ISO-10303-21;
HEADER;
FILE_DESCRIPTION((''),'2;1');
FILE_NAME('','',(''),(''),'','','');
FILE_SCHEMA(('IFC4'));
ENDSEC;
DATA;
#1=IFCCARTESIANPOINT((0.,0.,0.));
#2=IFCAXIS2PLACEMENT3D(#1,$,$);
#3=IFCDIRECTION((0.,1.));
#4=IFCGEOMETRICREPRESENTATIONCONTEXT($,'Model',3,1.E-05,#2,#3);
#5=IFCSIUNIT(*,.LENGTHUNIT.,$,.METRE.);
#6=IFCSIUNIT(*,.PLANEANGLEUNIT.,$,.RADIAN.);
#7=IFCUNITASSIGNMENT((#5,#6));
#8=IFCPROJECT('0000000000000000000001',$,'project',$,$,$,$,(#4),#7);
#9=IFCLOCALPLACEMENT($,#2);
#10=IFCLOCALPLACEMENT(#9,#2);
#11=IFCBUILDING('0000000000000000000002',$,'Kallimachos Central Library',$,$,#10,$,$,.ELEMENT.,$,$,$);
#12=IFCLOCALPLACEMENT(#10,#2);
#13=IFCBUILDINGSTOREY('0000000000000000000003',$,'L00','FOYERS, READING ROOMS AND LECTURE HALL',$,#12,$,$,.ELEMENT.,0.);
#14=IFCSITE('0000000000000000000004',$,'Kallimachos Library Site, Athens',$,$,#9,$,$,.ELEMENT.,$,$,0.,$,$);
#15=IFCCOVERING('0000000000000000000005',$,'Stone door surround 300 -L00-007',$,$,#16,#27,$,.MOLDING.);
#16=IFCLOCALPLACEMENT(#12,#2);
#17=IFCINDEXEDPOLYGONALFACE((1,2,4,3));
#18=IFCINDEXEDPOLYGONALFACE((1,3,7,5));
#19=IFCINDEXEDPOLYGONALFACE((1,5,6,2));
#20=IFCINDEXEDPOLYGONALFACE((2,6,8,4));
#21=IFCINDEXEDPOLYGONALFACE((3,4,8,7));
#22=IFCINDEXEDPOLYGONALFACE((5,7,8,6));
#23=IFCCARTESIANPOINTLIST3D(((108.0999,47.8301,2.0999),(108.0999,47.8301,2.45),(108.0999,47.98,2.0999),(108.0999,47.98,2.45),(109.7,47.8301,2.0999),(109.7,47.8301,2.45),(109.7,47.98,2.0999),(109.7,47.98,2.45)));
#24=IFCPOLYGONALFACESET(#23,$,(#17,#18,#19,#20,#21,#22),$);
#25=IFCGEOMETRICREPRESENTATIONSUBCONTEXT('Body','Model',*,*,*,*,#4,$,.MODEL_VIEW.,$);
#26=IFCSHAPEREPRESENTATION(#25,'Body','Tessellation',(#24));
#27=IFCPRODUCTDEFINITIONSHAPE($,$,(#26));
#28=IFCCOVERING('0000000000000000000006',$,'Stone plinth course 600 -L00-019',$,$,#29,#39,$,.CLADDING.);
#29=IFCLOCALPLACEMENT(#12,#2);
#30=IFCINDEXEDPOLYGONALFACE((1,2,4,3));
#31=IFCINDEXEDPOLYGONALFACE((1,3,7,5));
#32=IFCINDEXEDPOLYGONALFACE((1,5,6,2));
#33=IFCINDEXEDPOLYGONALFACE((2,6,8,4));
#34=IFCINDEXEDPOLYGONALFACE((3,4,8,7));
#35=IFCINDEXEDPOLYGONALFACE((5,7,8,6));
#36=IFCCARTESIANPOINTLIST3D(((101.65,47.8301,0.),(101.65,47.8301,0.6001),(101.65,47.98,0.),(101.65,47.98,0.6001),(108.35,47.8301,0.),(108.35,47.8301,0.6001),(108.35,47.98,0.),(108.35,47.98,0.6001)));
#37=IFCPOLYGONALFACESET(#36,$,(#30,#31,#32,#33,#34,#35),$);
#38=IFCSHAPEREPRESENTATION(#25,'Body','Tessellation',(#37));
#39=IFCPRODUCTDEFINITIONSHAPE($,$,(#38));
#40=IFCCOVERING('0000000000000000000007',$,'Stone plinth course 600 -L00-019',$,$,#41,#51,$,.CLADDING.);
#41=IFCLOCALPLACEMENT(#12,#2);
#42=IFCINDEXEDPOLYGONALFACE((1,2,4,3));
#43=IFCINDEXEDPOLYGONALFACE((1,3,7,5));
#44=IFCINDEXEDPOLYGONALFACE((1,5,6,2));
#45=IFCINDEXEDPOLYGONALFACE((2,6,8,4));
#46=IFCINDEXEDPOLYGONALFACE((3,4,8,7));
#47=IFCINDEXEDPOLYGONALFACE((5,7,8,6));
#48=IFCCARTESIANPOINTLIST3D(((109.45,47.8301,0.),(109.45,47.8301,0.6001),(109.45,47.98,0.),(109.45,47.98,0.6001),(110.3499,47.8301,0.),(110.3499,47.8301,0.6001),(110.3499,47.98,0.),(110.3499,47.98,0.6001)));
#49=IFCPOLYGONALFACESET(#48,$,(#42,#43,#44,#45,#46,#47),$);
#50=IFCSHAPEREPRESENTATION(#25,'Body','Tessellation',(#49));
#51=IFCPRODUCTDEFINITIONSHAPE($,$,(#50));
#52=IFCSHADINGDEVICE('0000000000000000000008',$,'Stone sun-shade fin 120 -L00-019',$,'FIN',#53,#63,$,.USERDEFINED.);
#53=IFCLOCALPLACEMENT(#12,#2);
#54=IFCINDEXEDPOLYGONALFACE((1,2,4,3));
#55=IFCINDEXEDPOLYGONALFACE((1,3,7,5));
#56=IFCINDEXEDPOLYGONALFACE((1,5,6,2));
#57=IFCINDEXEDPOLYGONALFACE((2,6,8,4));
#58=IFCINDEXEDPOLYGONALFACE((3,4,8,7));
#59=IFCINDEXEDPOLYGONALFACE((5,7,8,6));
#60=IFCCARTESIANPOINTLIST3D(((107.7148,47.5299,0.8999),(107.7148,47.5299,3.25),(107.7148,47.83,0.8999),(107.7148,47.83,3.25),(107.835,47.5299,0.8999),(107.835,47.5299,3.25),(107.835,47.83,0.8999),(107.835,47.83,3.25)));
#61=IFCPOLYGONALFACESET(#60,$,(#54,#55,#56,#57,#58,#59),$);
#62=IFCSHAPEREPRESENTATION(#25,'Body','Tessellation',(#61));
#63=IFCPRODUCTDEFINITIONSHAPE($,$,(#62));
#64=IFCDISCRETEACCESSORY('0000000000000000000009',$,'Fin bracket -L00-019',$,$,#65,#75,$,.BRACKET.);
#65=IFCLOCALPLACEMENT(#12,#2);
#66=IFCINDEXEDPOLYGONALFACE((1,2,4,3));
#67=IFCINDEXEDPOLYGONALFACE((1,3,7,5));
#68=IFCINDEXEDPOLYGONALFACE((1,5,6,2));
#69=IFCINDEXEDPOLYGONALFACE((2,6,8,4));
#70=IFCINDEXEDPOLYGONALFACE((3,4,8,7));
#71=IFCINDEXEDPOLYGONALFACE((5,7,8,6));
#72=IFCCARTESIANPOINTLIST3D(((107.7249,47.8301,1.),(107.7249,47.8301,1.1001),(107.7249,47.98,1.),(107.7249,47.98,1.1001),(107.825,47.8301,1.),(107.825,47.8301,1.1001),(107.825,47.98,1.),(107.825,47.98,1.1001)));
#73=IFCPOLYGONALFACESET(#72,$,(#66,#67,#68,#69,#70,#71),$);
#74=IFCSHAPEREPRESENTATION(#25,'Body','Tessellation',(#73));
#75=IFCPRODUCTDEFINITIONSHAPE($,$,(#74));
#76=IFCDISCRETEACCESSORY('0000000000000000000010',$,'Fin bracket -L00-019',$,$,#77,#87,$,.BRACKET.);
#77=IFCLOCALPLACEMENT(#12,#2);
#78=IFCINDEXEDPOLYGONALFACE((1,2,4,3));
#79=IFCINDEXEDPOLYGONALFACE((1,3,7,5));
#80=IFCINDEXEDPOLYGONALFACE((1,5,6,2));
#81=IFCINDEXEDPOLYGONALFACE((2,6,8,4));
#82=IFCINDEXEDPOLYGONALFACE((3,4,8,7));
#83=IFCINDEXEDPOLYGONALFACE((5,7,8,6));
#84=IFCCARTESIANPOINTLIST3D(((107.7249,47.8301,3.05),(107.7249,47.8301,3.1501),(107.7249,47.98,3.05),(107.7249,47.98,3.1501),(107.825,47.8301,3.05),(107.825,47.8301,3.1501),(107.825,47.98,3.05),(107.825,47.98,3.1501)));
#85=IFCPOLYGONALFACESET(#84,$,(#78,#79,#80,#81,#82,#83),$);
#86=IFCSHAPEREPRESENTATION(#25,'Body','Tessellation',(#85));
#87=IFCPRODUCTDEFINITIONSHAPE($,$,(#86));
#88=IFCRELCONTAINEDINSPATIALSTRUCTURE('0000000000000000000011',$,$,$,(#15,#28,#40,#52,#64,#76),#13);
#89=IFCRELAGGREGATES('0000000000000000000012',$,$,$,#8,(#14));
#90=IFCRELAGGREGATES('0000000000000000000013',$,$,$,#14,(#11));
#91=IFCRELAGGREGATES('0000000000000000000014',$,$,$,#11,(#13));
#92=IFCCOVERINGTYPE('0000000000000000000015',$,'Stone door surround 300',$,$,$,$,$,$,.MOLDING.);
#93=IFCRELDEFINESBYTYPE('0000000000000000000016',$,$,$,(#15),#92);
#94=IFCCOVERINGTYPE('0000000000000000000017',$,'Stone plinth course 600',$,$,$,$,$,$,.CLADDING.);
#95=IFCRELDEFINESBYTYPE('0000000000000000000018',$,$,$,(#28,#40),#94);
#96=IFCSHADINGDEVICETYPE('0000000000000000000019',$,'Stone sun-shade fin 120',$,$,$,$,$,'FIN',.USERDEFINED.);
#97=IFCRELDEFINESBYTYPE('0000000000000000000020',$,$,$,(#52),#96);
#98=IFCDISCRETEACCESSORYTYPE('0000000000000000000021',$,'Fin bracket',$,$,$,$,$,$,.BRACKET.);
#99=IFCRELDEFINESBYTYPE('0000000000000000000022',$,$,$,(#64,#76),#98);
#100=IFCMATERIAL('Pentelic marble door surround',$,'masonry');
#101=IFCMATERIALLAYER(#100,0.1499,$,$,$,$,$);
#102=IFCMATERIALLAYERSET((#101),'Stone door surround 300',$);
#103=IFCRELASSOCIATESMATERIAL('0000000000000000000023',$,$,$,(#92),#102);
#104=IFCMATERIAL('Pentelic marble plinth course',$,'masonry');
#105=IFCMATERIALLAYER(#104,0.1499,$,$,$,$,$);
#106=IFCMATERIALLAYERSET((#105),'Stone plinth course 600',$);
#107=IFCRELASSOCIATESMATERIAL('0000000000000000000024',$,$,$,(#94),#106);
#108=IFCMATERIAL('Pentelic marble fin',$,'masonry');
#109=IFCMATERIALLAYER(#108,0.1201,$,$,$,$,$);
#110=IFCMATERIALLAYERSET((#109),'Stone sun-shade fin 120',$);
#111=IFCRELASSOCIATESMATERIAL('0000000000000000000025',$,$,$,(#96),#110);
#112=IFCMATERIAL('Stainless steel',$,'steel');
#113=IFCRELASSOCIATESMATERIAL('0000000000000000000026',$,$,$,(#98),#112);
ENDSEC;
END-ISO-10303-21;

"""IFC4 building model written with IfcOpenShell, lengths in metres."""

from ifc_helpers import new_model, si_unit, direction, frame, origin, origin_2d, place, context, subcontext, project, spatial, rectangle, extrude, material, layer, layer_set, type_object, element, save


model = new_model("IFC4")

# Units and contexts
model_context = context("Model", 3, precision=1e-05, world=origin(), true_north=direction((0.0, 1.0)))
body_context = subcontext(model_context, "Body", "Model", "MODEL_VIEW")
ifc_project = project(units=[si_unit("LENGTHUNIT", "METRE"), si_unit("PLANEANGLEUNIT", "RADIAN")], contexts=[model_context])

# Site, building, storey
site_placement = place(None, origin())
site = spatial("IfcSite", under=ifc_project, at=site_placement, Name="Kallimachos Library Site, Athens", CompositionType="ELEMENT", RefElevation=0.0)
building_placement = place(site_placement, origin())
building = spatial("IfcBuilding", under=site, at=building_placement, Name="Kallimachos Central Library", CompositionType="ELEMENT")
storey_placement = place(building_placement, origin())
storey = spatial("IfcBuildingStorey", under=building, at=storey_placement, Name="L00", Description="FOYERS, READING ROOMS AND LECTURE HALL", CompositionType="ELEMENT", Elevation=0.0)

# Coverings
ifc_material_1 = material(Name="Pentelic marble door surround", Category="masonry")
ifc_layer_1 = layer(ifc_material_1, 0.1499)
ifc_layer_set_1 = layer_set([ifc_layer_1], Name="Stone door surround 300")
covering_type_1 = type_object("IfcCoveringType", Name="Stone door surround 300", PredefinedType="MOLDING", material=ifc_layer_set_1)
covering_1_placement = place(storey_placement, frame((108.8999, 47.905, 2.0999), z_axis=(0.0, 0.0, 1.0), x_axis=(1.0, 0.0, 0.0)))
element("IfcCovering", 1, at=covering_1_placement, inside=storey, type_object=covering_type_1, Name="Stone door surround 300 -L00-007", PredefinedType="MOLDING", context=body_context, shape_type="SweptSolid", body=[
    extrude(rectangle(XDim=1.6001, YDim=0.1499, at=origin_2d()), origin(), (0.0, 0.0, 1.0), 0.3501),
])
ifc_material_2 = material(Name="Pentelic marble plinth course", Category="masonry")
ifc_layer_2 = layer(ifc_material_2, 0.1499)
ifc_layer_set_2 = layer_set([ifc_layer_2], Name="Stone plinth course 600")
covering_type_2 = type_object("IfcCoveringType", Name="Stone plinth course 600", PredefinedType="CLADDING", material=ifc_layer_set_2)
covering_2_placement = place(storey_placement, frame((105.0, 47.905, 0.0), z_axis=(0.0, 0.0, 1.0), x_axis=(1.0, 0.0, 0.0)))
element("IfcCovering", 2, at=covering_2_placement, inside=storey, type_object=covering_type_2, Name="Stone plinth course 600 -L00-019", PredefinedType="CLADDING", context=body_context, shape_type="SweptSolid", body=[
    extrude(rectangle(XDim=6.7, YDim=0.1499, at=origin_2d()), origin(), (0.0, 0.0, 1.0), 0.6001),
])
covering_3_placement = place(storey_placement, frame((109.8999, 47.905, 0.0), z_axis=(0.0, 0.0, 1.0), x_axis=(1.0, 0.0, 0.0)))
element("IfcCovering", 3, at=covering_3_placement, inside=storey, type_object=covering_type_2, Name="Stone plinth course 600 -L00-019", PredefinedType="CLADDING", context=body_context, shape_type="SweptSolid", body=[
    extrude(rectangle(XDim=0.8999, YDim=0.1499, at=origin_2d()), origin(), (0.0, 0.0, 1.0), 0.6001),
])

# Shading device
ifc_material_3 = material(Name="Pentelic marble fin", Category="masonry")
ifc_layer_3 = layer(ifc_material_3, 0.1201)
ifc_layer_set_3 = layer_set([ifc_layer_3], Name="Stone sun-shade fin 120")
shading_device_type = type_object("IfcShadingDeviceType", Name="Stone sun-shade fin 120", ElementType="FIN", PredefinedType="USERDEFINED", material=ifc_layer_set_3)
shading_device_placement = place(storey_placement, frame((107.7749, 47.6799, 0.8999), z_axis=(0.0, 0.0, 1.0), x_axis=(1.0, 0.0, 0.0)))
element("IfcShadingDevice", 4, at=shading_device_placement, inside=storey, type_object=shading_device_type, Name="Stone sun-shade fin 120 -L00-019", ObjectType="FIN", PredefinedType="USERDEFINED", context=body_context, shape_type="SweptSolid", body=[
    extrude(rectangle(XDim=0.1201, YDim=0.3, at=origin_2d()), origin(), (0.0, 0.0, 1.0), 2.3501),
])

# Discrete accessories
ifc_material_4 = material(Name="Stainless steel", Category="steel")
discrete_accessory_type = type_object("IfcDiscreteAccessoryType", Name="Fin bracket", PredefinedType="BRACKET", material=ifc_material_4)
for number, where, z_axis, x_axis, name in (
    (5, (107.7749, 47.905, 1.0), (0.0, 0.0, 1.0), (1.0, 0.0, 0.0), "Fin bracket -L00-019"),
    (6, (107.7749, 47.905, 3.05), (0.0, 0.0, 1.0), (1.0, 0.0, 0.0), "Fin bracket -L00-019"),
):
    element("IfcDiscreteAccessory", number, at=place(storey_placement, frame(where, z_axis=z_axis, x_axis=x_axis)), inside=storey, type_object=discrete_accessory_type, Name=name, PredefinedType="BRACKET", context=body_context, shape_type="SweptSolid", body=[
        extrude(rectangle(XDim=0.1001, YDim=0.1499, at=origin_2d()), origin(), (0.0, 0.0, 1.0), 0.1001),
    ])

save(model, "model.ifc")
